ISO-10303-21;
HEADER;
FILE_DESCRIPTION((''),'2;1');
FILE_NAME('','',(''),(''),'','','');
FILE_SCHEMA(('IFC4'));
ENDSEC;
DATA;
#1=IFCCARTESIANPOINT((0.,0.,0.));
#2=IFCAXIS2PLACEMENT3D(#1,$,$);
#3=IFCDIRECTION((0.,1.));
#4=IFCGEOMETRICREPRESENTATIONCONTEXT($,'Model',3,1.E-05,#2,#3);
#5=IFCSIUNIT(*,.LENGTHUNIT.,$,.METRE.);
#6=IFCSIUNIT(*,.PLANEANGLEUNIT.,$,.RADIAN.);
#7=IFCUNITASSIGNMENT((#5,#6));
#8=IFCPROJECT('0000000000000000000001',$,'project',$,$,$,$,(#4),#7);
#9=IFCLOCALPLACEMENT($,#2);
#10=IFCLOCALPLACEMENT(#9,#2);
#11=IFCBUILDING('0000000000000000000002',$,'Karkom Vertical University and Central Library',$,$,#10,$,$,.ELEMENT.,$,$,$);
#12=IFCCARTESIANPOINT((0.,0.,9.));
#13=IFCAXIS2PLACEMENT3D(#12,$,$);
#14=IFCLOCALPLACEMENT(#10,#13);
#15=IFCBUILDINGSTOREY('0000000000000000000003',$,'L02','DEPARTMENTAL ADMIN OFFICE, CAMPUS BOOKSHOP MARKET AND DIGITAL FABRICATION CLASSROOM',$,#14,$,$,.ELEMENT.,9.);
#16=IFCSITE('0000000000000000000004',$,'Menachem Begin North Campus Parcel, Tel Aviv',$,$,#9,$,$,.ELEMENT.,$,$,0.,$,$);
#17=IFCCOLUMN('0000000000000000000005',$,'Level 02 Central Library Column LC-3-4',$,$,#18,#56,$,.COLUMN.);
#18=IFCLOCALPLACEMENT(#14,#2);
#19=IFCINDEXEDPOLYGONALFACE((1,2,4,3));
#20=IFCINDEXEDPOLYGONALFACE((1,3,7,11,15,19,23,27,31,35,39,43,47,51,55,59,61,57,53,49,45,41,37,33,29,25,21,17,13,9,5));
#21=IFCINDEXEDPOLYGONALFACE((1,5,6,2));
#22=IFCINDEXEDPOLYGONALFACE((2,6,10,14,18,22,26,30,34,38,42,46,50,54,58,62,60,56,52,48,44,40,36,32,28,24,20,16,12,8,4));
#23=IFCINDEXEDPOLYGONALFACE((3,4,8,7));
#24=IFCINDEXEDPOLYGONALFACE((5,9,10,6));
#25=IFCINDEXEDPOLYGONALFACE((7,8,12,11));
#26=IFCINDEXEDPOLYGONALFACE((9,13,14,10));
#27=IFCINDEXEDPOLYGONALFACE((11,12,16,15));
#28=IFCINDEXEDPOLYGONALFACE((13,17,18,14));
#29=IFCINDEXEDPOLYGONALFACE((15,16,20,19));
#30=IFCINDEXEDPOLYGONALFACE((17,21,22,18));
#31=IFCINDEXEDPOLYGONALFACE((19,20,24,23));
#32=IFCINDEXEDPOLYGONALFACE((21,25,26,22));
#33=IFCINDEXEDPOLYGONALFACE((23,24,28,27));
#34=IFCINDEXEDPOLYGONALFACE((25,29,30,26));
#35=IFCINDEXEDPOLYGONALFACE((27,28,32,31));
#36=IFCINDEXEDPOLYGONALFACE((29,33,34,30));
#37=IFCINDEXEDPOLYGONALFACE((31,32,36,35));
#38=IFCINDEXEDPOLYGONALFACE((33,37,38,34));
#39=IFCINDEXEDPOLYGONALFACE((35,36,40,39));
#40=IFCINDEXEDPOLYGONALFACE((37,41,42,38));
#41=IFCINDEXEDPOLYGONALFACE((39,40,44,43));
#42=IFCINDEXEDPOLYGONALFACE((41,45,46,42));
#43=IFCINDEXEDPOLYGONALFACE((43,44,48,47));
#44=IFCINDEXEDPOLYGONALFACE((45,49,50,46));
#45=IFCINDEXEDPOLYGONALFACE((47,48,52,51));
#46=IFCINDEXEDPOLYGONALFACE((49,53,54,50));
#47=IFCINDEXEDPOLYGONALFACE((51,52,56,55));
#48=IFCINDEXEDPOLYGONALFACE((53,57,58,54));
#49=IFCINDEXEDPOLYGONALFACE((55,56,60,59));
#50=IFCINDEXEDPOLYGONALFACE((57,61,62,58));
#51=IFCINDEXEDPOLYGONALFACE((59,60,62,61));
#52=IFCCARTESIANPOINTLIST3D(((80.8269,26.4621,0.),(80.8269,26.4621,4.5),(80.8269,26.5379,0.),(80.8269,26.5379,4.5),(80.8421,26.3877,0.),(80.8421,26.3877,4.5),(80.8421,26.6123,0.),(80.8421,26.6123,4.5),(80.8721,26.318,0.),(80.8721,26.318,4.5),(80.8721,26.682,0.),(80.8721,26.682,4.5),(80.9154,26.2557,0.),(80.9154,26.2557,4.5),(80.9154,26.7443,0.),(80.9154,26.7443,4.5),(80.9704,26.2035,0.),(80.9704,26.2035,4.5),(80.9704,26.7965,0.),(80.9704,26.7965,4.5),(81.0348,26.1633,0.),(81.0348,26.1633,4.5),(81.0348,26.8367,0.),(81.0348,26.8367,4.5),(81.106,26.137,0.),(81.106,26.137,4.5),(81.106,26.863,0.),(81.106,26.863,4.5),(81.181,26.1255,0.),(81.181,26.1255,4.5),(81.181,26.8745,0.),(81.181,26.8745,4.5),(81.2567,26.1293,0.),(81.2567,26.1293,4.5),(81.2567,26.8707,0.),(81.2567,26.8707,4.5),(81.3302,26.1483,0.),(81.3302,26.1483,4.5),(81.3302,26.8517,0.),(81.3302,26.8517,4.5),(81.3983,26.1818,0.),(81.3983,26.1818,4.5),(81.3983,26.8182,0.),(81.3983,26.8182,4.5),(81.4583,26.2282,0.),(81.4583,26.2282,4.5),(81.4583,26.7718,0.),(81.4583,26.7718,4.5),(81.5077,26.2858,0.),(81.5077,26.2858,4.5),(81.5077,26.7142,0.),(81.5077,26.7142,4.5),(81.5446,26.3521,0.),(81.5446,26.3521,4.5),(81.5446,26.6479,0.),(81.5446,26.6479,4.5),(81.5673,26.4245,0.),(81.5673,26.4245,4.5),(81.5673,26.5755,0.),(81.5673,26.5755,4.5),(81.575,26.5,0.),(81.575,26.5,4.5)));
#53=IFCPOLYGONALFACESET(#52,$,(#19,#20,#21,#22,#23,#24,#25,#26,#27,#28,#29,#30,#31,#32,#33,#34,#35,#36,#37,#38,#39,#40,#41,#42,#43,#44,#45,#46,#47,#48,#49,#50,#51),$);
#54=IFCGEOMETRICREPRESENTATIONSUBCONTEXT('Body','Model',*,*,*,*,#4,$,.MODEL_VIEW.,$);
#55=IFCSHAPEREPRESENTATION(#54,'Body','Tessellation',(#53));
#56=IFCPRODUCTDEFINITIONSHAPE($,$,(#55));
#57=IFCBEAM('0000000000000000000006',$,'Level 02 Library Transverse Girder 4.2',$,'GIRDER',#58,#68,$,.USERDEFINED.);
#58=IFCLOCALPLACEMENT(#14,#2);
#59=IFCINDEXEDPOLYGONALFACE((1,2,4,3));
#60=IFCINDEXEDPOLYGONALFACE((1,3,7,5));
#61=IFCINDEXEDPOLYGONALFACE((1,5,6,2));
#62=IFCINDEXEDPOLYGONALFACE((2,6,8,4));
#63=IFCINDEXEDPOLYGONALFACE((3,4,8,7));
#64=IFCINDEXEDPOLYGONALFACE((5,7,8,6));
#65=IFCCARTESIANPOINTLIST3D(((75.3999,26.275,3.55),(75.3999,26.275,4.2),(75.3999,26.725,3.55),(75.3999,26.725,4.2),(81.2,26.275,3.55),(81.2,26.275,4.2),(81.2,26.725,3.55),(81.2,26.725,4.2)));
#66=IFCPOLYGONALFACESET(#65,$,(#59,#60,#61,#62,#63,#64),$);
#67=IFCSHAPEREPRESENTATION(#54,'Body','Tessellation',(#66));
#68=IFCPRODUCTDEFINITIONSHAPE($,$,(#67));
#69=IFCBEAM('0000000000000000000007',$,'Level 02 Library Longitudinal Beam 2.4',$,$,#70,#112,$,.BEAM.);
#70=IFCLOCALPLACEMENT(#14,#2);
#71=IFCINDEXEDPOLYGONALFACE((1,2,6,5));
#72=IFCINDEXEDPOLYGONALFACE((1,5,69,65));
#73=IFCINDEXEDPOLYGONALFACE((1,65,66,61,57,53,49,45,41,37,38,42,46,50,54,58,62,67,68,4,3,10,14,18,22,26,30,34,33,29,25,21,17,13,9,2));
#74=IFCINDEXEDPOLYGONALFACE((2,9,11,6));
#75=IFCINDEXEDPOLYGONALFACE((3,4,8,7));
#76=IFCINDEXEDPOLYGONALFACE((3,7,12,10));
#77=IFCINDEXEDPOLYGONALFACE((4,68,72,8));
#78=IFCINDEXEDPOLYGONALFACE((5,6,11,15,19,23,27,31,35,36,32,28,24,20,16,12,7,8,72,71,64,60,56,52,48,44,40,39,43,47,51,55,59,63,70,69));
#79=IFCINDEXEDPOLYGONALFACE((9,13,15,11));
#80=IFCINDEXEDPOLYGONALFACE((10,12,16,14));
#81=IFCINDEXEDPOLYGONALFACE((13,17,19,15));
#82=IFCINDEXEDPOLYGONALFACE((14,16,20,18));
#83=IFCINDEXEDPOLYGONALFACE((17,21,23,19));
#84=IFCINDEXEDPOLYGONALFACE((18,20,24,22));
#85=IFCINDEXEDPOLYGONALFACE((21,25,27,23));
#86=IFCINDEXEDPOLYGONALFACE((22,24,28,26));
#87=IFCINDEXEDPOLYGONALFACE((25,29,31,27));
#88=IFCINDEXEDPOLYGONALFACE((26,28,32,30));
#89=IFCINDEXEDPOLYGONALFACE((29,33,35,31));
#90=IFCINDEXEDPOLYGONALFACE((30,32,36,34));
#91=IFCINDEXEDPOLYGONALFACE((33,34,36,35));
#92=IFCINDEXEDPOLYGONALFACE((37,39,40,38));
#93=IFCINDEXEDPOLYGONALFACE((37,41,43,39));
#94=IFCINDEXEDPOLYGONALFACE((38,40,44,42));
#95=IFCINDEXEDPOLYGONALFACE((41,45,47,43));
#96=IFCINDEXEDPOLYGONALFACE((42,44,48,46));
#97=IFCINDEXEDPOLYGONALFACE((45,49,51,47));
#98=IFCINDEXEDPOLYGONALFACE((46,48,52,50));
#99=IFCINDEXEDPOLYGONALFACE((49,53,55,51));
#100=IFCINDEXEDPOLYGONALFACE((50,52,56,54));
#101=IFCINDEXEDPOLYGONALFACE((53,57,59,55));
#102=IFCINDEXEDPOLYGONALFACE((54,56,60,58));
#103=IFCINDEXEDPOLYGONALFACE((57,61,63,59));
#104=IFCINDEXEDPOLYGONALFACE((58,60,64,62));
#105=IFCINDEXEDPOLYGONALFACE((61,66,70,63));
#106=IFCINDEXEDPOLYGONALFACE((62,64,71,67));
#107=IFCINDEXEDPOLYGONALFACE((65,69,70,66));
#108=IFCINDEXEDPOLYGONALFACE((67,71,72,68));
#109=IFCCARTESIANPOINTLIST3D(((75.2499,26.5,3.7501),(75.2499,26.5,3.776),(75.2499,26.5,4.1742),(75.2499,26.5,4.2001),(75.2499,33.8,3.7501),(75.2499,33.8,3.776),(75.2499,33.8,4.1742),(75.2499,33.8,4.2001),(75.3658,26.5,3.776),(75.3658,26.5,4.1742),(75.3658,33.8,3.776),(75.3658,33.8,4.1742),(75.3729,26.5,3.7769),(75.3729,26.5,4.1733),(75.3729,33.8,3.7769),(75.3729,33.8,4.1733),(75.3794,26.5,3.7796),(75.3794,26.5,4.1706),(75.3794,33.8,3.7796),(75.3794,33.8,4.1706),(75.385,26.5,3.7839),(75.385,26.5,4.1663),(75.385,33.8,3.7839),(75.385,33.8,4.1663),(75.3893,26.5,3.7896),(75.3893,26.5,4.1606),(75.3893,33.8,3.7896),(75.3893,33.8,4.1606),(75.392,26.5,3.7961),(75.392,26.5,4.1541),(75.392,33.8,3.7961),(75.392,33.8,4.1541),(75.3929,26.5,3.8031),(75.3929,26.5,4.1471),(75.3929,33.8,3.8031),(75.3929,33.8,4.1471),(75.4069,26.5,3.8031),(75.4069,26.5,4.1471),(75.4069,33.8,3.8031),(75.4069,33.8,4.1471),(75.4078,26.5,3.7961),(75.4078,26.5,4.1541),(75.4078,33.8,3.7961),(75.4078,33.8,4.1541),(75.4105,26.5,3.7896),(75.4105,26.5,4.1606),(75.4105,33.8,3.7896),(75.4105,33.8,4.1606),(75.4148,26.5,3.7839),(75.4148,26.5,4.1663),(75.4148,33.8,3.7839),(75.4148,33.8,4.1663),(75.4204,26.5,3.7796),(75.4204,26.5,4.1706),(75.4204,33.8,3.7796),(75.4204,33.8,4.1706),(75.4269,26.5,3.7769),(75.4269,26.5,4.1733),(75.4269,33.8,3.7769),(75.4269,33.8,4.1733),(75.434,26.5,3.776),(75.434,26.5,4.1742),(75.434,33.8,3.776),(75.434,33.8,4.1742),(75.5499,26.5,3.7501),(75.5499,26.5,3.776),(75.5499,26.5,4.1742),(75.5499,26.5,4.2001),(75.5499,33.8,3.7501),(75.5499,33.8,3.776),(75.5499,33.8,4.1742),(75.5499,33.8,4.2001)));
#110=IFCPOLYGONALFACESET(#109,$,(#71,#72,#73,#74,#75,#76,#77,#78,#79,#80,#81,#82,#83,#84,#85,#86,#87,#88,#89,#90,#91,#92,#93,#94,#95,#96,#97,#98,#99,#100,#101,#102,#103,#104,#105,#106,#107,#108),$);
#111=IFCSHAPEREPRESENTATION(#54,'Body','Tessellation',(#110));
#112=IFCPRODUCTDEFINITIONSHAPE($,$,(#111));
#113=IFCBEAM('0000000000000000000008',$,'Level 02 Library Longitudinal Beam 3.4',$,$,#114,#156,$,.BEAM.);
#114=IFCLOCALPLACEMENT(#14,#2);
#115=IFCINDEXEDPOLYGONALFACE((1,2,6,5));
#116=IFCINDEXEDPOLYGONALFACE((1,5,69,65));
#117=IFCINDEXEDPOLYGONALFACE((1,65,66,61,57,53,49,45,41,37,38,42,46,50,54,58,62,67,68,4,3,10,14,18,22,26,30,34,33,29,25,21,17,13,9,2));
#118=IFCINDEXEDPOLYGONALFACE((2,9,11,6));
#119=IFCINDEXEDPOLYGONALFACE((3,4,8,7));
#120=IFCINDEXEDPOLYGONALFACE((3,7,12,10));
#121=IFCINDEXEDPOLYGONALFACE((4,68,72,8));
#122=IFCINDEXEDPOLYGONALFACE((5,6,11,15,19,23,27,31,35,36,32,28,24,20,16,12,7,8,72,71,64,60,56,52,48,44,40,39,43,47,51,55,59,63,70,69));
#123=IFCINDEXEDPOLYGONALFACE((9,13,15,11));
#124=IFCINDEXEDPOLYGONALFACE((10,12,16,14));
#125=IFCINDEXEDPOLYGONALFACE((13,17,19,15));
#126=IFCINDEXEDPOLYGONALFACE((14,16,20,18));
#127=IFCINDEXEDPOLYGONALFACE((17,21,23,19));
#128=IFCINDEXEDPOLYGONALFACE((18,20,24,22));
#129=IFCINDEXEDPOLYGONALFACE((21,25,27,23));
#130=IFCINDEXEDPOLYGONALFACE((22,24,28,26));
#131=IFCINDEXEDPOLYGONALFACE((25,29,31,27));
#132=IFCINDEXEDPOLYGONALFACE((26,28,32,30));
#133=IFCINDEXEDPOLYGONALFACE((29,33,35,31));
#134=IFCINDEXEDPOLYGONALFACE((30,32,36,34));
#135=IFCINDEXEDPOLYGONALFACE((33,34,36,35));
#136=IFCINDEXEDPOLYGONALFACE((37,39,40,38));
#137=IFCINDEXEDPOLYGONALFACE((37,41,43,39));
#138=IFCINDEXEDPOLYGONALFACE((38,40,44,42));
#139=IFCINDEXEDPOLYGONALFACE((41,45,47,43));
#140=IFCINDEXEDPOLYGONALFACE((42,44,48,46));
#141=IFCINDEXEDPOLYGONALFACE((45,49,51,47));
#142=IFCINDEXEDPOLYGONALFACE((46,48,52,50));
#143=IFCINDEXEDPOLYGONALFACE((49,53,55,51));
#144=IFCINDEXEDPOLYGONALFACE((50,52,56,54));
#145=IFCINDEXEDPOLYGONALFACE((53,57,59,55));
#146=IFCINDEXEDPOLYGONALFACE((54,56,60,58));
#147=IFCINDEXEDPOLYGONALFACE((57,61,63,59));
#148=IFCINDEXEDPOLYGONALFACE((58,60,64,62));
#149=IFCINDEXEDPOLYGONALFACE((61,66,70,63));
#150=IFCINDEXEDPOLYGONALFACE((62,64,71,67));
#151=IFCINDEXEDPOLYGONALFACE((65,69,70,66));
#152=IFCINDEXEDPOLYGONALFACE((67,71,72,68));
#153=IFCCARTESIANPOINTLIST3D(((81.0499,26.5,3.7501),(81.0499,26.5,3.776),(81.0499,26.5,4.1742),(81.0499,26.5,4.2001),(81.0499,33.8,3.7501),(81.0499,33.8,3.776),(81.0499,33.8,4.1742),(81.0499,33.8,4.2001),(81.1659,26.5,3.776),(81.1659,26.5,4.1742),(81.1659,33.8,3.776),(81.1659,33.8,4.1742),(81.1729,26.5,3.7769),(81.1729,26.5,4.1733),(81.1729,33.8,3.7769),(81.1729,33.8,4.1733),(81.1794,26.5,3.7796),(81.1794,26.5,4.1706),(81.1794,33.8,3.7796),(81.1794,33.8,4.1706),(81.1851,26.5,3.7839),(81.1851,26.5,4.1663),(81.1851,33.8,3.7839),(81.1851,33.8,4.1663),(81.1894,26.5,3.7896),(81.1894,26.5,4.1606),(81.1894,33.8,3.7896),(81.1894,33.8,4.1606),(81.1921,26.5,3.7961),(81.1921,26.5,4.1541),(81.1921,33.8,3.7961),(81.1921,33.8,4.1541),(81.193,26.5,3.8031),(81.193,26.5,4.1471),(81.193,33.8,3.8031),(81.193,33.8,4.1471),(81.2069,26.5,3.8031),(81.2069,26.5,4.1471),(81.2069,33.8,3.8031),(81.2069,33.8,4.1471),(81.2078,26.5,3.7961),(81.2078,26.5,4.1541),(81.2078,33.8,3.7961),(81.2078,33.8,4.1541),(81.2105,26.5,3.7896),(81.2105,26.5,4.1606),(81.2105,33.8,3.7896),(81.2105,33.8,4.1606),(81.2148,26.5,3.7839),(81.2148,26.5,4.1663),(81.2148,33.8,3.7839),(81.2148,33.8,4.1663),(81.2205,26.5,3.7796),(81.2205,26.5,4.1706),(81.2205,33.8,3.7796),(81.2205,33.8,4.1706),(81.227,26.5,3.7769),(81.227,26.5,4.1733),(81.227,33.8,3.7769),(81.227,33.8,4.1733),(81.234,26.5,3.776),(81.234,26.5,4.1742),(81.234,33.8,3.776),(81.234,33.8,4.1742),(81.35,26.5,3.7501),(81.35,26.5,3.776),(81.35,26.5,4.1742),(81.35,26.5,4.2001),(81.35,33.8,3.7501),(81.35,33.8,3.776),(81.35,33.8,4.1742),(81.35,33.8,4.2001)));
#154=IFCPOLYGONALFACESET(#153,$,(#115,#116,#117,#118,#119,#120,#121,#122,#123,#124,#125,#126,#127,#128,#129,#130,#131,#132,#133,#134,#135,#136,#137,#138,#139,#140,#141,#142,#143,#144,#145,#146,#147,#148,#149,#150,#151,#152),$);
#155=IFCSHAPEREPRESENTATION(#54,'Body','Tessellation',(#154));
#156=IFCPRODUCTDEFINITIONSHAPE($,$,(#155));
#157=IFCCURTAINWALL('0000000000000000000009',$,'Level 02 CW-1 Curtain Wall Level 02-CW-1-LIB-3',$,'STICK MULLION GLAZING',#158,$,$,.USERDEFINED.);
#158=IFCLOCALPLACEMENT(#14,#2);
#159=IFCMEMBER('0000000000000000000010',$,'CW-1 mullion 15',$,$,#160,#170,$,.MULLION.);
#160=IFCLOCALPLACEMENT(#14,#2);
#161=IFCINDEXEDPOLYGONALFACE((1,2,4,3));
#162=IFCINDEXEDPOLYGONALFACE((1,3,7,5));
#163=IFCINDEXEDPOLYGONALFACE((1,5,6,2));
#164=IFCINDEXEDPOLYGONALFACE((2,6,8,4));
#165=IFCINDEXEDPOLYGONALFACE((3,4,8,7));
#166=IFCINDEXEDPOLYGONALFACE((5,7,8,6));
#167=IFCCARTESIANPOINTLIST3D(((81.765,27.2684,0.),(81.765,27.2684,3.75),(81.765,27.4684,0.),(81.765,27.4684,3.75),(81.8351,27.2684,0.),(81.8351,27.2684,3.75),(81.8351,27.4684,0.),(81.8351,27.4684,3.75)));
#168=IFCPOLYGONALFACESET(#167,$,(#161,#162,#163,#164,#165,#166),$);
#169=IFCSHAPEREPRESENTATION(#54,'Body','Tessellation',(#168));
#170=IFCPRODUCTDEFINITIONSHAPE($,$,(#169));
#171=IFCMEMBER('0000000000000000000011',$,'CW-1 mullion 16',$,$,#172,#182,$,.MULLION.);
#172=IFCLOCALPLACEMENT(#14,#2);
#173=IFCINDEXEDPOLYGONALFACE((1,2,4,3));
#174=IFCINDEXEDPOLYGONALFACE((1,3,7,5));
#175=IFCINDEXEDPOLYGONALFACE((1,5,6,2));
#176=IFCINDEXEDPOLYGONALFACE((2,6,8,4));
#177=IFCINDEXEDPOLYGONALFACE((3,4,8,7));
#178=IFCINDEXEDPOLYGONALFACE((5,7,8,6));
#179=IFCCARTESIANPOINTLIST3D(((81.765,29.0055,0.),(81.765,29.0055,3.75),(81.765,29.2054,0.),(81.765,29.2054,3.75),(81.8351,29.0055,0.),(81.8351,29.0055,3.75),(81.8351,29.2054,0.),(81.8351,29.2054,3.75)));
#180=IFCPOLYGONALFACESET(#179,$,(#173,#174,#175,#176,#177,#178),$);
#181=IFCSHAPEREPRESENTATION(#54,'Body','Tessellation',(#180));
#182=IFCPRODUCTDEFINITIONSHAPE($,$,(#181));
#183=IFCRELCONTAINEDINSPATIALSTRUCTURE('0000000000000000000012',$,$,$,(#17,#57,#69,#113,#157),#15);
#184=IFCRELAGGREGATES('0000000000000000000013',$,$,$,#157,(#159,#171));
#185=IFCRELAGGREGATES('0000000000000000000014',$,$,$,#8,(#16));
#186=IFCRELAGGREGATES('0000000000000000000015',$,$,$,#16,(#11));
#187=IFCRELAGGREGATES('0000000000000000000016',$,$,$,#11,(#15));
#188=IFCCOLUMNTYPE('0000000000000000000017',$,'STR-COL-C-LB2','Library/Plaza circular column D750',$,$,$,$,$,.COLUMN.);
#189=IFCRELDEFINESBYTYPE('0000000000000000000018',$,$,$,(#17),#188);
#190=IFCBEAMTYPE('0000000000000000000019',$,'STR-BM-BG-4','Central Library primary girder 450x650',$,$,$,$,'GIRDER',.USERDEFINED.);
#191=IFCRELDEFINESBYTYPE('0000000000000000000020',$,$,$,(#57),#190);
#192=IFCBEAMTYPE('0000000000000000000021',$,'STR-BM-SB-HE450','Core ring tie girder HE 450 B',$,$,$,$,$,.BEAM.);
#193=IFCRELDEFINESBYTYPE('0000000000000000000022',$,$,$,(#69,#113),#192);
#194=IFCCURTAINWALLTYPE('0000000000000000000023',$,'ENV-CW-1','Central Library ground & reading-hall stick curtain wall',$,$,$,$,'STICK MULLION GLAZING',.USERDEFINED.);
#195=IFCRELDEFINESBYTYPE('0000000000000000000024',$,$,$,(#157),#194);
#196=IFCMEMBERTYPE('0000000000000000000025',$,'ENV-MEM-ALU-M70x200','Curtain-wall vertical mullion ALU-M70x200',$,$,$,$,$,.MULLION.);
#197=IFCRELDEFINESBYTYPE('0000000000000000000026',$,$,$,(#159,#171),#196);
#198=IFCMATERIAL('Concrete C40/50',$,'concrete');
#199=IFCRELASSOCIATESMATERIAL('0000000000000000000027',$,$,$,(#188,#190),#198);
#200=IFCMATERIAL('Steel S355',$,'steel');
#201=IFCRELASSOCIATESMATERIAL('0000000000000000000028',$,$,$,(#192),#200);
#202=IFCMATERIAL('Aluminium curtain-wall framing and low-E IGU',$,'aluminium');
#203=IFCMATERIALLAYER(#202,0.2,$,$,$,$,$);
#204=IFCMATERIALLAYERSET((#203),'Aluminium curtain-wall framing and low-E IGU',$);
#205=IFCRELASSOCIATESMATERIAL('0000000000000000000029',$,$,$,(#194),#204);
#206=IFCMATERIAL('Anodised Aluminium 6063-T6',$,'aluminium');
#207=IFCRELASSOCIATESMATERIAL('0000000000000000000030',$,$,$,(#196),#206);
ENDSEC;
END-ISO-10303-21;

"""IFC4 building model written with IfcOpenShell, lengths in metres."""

from ifc_helpers import new_model, si_unit, direction, frame, origin, origin_with_axes, origin_2d, place, context, subcontext, project, spatial, rectangle, circle, i_section, extrude, source, transform, mapped, material, layer, layer_set, material_profile, profile_set, type_object, element, aggregate, save


model = new_model("IFC4")

# Units and contexts
model_context = context("Model", 3, precision=1e-05, world=origin(), true_north=direction((0.0, 1.0)))
body_context = subcontext(model_context, "Body", "Model", "MODEL_VIEW")
ifc_project = project(units=[si_unit("LENGTHUNIT", "METRE"), si_unit("PLANEANGLEUNIT", "RADIAN")], contexts=[model_context])

# Site, building, storey
site_placement = place(None, origin())
site = spatial("IfcSite", under=ifc_project, at=site_placement, Name="Menachem Begin North Campus Parcel, Tel Aviv", CompositionType="ELEMENT", RefElevation=0.0)
building_placement = place(site_placement, origin())
building = spatial("IfcBuilding", under=site, at=building_placement, Name="Karkom Vertical University and Central Library", CompositionType="ELEMENT")
storey_placement = place(building_placement, frame((0.0, 0.0, 9.0)))
storey = spatial("IfcBuildingStorey", under=building, at=storey_placement, Name="L02", Description="DEPARTMENTAL ADMIN OFFICE, CAMPUS BOOKSHOP MARKET AND DIGITAL FABRICATION CLASSROOM", CompositionType="ELEMENT", Elevation=9.0)

# Column
ifc_material_1 = material(Name="Concrete C40/50", Category="concrete")
ifc_material_profile_1 = material_profile(ifc_material_1, circle(Radius=0.375, at=origin_2d()), Name="RC-D750")
ifc_profile_set_1 = profile_set([ifc_material_profile_1], Name="Concrete C40/50")
column_type = type_object("IfcColumnType", Name="STR-COL-C-LB2", Description="Library/Plaza circular column D750", PredefinedType="COLUMN", material=ifc_profile_set_1)
shared_shape_1 = source(origin_with_axes(), body_context, "Body", "SweptSolid", [
    extrude(circle(Radius=0.375, at=origin_2d()), origin(), (0.0, 0.0, 1.0), 4.5),
])
column_placement = place(storey_placement, frame((81.2, 26.5, 0.0), z_axis=(0.0, 0.0, 1.0), x_axis=(1.0, 0.0, 0.0)))
element("IfcColumn", 1, at=column_placement, inside=storey, type_object=column_type, Name="Level 02 Central Library Column LC-3-4", PredefinedType="COLUMN", context=body_context, shape_type="MappedRepresentation", body=[
    mapped(shared_shape_1, transform((0.0, 0.0, 0.0), scale=1.0)),
])

# Beams
ifc_material_profile_2 = material_profile(ifc_material_1, rectangle(XDim=0.45, YDim=0.6499, at=origin_2d()), Name="RCB-450x650")
ifc_profile_set_2 = profile_set([ifc_material_profile_2], Name="Concrete C40/50")
beam_type_1 = type_object("IfcBeamType", Name="STR-BM-BG-4", Description="Central Library primary girder 450x650", ElementType="GIRDER", PredefinedType="USERDEFINED", material=ifc_profile_set_2)
shared_shape_2 = source(origin_with_axes(), body_context, "Body", "SweptSolid", [
    extrude(rectangle(XDim=0.45, YDim=0.6499, at=origin_2d()), origin(), (0.0, 0.0, 1.0), 5.8),
])
beam_placement = place(storey_placement, frame((75.3999, 26.5, 3.875), z_axis=(1.0, 0.0, 0.0), x_axis=(0.0, 1.0, 0.0)))
element("IfcBeam", 2, at=beam_placement, inside=storey, type_object=beam_type_1, Name="Level 02 Library Transverse Girder 4.2", ObjectType="GIRDER", PredefinedType="USERDEFINED", context=body_context, shape_type="MappedRepresentation", body=[
    mapped(shared_shape_2, transform((0.0, 0.0, 0.0), scale=1.0)),
])
ifc_material_2 = material(Name="Steel S355", Category="steel")
ifc_material_profile_3 = material_profile(ifc_material_2, i_section(OverallWidth=0.3, OverallDepth=0.45, WebThickness=0.0139, FlangeThickness=0.0259, FilletRadius=0.0271, at=origin_2d()), Name="HE 450 B")
ifc_profile_set_3 = profile_set([ifc_material_profile_3], Name="Steel S355")
beam_type_2 = type_object("IfcBeamType", Name="STR-BM-SB-HE450", Description="Core ring tie girder HE 450 B", PredefinedType="BEAM", material=ifc_profile_set_3)
shared_shape_3 = source(origin_with_axes(), body_context, "Body", "SweptSolid", [
    extrude(i_section(OverallWidth=0.3, OverallDepth=0.45, WebThickness=0.0139, FlangeThickness=0.0259, FilletRadius=0.0271, at=origin_2d()), origin(), (0.0, 0.0, 1.0), 7.3),
])
for number, where, z_axis, x_axis, name in (
    (3, (75.3999, 26.5, 3.9751), (0.0, 1.0, 0.0), (-1.0, 0.0, 0.0), "Level 02 Library Longitudinal Beam 2.4"),
    (4, (81.2, 26.5, 3.9751), (0.0, 1.0, 0.0), (-1.0, 0.0, 0.0), "Level 02 Library Longitudinal Beam 3.4"),
):
    element("IfcBeam", number, at=place(storey_placement, frame(where, z_axis=z_axis, x_axis=x_axis)), inside=storey, type_object=beam_type_2, Name=name, PredefinedType="BEAM", context=body_context, shape_type="MappedRepresentation", body=[
        mapped(shared_shape_3, transform((0.0, 0.0, 0.0), scale=1.0)),
    ])

# Curtain wall, members
ifc_material_3 = material(Name="Aluminium curtain-wall framing and low-E IGU", Category="aluminium")
ifc_layer_1 = layer(ifc_material_3, 0.2)
ifc_layer_set_1 = layer_set([ifc_layer_1], Name="Aluminium curtain-wall framing and low-E IGU")
curtain_wall_type = type_object("IfcCurtainWallType", Name="ENV-CW-1", Description="Central Library ground & reading-hall stick curtain wall", ElementType="STICK MULLION GLAZING", PredefinedType="USERDEFINED", material=ifc_layer_set_1)
curtain_wall_placement = place(storey_placement, origin())
curtain_wall = element("IfcCurtainWall", 5, at=curtain_wall_placement, inside=storey, type_object=curtain_wall_type, Name="Level 02 CW-1 Curtain Wall Level 02-CW-1-LIB-3", ObjectType="STICK MULLION GLAZING", PredefinedType="USERDEFINED")
ifc_material_4 = material(Name="Anodised Aluminium 6063-T6", Category="aluminium")
ifc_material_profile_4 = material_profile(ifc_material_4, rectangle(XDim=0.0701, YDim=0.2, at=origin_2d()), Name="ALU-M70x200")
ifc_profile_set_4 = profile_set([ifc_material_profile_4], Name="Anodised Aluminium 6063-T6")
member_type_1 = type_object("IfcMemberType", Name="ENV-MEM-ALU-M70x200", Description="Curtain-wall vertical mullion ALU-M70x200", PredefinedType="MULLION", material=ifc_profile_set_4)
shared_shape_4 = source(origin_with_axes(), body_context, "Body", "SweptSolid", [
    extrude(rectangle(XDim=0.0701, YDim=0.2, at=origin_2d()), origin(), (0.0, 0.0, 1.0), 3.75),
])
member_1_placement = place(storey_placement, frame((81.8, 27.3684, 0.0), z_axis=(0.0, 0.0, 1.0), x_axis=(-1.0, 0.0, 0.0)))
member_1 = element("IfcMember", 6, at=member_1_placement, type_object=member_type_1, Name="CW-1 mullion 15", PredefinedType="MULLION", context=body_context, shape_type="MappedRepresentation", body=[
    mapped(shared_shape_4, transform((0.0, 0.0, 0.0), scale=1.0)),
])
member_2_placement = place(storey_placement, frame((81.8, 29.1055, 0.0), z_axis=(0.0, 0.0, 1.0), x_axis=(-1.0, 0.0, 0.0)))
member_2 = element("IfcMember", 7, at=member_2_placement, type_object=member_type_1, Name="CW-1 mullion 16", PredefinedType="MULLION", context=body_context, shape_type="MappedRepresentation", body=[
    mapped(shared_shape_4, transform((0.0, 0.0, 0.0), scale=1.0)),
])
aggregate(curtain_wall, [member_1, member_2])

save(model, "model.ifc")
